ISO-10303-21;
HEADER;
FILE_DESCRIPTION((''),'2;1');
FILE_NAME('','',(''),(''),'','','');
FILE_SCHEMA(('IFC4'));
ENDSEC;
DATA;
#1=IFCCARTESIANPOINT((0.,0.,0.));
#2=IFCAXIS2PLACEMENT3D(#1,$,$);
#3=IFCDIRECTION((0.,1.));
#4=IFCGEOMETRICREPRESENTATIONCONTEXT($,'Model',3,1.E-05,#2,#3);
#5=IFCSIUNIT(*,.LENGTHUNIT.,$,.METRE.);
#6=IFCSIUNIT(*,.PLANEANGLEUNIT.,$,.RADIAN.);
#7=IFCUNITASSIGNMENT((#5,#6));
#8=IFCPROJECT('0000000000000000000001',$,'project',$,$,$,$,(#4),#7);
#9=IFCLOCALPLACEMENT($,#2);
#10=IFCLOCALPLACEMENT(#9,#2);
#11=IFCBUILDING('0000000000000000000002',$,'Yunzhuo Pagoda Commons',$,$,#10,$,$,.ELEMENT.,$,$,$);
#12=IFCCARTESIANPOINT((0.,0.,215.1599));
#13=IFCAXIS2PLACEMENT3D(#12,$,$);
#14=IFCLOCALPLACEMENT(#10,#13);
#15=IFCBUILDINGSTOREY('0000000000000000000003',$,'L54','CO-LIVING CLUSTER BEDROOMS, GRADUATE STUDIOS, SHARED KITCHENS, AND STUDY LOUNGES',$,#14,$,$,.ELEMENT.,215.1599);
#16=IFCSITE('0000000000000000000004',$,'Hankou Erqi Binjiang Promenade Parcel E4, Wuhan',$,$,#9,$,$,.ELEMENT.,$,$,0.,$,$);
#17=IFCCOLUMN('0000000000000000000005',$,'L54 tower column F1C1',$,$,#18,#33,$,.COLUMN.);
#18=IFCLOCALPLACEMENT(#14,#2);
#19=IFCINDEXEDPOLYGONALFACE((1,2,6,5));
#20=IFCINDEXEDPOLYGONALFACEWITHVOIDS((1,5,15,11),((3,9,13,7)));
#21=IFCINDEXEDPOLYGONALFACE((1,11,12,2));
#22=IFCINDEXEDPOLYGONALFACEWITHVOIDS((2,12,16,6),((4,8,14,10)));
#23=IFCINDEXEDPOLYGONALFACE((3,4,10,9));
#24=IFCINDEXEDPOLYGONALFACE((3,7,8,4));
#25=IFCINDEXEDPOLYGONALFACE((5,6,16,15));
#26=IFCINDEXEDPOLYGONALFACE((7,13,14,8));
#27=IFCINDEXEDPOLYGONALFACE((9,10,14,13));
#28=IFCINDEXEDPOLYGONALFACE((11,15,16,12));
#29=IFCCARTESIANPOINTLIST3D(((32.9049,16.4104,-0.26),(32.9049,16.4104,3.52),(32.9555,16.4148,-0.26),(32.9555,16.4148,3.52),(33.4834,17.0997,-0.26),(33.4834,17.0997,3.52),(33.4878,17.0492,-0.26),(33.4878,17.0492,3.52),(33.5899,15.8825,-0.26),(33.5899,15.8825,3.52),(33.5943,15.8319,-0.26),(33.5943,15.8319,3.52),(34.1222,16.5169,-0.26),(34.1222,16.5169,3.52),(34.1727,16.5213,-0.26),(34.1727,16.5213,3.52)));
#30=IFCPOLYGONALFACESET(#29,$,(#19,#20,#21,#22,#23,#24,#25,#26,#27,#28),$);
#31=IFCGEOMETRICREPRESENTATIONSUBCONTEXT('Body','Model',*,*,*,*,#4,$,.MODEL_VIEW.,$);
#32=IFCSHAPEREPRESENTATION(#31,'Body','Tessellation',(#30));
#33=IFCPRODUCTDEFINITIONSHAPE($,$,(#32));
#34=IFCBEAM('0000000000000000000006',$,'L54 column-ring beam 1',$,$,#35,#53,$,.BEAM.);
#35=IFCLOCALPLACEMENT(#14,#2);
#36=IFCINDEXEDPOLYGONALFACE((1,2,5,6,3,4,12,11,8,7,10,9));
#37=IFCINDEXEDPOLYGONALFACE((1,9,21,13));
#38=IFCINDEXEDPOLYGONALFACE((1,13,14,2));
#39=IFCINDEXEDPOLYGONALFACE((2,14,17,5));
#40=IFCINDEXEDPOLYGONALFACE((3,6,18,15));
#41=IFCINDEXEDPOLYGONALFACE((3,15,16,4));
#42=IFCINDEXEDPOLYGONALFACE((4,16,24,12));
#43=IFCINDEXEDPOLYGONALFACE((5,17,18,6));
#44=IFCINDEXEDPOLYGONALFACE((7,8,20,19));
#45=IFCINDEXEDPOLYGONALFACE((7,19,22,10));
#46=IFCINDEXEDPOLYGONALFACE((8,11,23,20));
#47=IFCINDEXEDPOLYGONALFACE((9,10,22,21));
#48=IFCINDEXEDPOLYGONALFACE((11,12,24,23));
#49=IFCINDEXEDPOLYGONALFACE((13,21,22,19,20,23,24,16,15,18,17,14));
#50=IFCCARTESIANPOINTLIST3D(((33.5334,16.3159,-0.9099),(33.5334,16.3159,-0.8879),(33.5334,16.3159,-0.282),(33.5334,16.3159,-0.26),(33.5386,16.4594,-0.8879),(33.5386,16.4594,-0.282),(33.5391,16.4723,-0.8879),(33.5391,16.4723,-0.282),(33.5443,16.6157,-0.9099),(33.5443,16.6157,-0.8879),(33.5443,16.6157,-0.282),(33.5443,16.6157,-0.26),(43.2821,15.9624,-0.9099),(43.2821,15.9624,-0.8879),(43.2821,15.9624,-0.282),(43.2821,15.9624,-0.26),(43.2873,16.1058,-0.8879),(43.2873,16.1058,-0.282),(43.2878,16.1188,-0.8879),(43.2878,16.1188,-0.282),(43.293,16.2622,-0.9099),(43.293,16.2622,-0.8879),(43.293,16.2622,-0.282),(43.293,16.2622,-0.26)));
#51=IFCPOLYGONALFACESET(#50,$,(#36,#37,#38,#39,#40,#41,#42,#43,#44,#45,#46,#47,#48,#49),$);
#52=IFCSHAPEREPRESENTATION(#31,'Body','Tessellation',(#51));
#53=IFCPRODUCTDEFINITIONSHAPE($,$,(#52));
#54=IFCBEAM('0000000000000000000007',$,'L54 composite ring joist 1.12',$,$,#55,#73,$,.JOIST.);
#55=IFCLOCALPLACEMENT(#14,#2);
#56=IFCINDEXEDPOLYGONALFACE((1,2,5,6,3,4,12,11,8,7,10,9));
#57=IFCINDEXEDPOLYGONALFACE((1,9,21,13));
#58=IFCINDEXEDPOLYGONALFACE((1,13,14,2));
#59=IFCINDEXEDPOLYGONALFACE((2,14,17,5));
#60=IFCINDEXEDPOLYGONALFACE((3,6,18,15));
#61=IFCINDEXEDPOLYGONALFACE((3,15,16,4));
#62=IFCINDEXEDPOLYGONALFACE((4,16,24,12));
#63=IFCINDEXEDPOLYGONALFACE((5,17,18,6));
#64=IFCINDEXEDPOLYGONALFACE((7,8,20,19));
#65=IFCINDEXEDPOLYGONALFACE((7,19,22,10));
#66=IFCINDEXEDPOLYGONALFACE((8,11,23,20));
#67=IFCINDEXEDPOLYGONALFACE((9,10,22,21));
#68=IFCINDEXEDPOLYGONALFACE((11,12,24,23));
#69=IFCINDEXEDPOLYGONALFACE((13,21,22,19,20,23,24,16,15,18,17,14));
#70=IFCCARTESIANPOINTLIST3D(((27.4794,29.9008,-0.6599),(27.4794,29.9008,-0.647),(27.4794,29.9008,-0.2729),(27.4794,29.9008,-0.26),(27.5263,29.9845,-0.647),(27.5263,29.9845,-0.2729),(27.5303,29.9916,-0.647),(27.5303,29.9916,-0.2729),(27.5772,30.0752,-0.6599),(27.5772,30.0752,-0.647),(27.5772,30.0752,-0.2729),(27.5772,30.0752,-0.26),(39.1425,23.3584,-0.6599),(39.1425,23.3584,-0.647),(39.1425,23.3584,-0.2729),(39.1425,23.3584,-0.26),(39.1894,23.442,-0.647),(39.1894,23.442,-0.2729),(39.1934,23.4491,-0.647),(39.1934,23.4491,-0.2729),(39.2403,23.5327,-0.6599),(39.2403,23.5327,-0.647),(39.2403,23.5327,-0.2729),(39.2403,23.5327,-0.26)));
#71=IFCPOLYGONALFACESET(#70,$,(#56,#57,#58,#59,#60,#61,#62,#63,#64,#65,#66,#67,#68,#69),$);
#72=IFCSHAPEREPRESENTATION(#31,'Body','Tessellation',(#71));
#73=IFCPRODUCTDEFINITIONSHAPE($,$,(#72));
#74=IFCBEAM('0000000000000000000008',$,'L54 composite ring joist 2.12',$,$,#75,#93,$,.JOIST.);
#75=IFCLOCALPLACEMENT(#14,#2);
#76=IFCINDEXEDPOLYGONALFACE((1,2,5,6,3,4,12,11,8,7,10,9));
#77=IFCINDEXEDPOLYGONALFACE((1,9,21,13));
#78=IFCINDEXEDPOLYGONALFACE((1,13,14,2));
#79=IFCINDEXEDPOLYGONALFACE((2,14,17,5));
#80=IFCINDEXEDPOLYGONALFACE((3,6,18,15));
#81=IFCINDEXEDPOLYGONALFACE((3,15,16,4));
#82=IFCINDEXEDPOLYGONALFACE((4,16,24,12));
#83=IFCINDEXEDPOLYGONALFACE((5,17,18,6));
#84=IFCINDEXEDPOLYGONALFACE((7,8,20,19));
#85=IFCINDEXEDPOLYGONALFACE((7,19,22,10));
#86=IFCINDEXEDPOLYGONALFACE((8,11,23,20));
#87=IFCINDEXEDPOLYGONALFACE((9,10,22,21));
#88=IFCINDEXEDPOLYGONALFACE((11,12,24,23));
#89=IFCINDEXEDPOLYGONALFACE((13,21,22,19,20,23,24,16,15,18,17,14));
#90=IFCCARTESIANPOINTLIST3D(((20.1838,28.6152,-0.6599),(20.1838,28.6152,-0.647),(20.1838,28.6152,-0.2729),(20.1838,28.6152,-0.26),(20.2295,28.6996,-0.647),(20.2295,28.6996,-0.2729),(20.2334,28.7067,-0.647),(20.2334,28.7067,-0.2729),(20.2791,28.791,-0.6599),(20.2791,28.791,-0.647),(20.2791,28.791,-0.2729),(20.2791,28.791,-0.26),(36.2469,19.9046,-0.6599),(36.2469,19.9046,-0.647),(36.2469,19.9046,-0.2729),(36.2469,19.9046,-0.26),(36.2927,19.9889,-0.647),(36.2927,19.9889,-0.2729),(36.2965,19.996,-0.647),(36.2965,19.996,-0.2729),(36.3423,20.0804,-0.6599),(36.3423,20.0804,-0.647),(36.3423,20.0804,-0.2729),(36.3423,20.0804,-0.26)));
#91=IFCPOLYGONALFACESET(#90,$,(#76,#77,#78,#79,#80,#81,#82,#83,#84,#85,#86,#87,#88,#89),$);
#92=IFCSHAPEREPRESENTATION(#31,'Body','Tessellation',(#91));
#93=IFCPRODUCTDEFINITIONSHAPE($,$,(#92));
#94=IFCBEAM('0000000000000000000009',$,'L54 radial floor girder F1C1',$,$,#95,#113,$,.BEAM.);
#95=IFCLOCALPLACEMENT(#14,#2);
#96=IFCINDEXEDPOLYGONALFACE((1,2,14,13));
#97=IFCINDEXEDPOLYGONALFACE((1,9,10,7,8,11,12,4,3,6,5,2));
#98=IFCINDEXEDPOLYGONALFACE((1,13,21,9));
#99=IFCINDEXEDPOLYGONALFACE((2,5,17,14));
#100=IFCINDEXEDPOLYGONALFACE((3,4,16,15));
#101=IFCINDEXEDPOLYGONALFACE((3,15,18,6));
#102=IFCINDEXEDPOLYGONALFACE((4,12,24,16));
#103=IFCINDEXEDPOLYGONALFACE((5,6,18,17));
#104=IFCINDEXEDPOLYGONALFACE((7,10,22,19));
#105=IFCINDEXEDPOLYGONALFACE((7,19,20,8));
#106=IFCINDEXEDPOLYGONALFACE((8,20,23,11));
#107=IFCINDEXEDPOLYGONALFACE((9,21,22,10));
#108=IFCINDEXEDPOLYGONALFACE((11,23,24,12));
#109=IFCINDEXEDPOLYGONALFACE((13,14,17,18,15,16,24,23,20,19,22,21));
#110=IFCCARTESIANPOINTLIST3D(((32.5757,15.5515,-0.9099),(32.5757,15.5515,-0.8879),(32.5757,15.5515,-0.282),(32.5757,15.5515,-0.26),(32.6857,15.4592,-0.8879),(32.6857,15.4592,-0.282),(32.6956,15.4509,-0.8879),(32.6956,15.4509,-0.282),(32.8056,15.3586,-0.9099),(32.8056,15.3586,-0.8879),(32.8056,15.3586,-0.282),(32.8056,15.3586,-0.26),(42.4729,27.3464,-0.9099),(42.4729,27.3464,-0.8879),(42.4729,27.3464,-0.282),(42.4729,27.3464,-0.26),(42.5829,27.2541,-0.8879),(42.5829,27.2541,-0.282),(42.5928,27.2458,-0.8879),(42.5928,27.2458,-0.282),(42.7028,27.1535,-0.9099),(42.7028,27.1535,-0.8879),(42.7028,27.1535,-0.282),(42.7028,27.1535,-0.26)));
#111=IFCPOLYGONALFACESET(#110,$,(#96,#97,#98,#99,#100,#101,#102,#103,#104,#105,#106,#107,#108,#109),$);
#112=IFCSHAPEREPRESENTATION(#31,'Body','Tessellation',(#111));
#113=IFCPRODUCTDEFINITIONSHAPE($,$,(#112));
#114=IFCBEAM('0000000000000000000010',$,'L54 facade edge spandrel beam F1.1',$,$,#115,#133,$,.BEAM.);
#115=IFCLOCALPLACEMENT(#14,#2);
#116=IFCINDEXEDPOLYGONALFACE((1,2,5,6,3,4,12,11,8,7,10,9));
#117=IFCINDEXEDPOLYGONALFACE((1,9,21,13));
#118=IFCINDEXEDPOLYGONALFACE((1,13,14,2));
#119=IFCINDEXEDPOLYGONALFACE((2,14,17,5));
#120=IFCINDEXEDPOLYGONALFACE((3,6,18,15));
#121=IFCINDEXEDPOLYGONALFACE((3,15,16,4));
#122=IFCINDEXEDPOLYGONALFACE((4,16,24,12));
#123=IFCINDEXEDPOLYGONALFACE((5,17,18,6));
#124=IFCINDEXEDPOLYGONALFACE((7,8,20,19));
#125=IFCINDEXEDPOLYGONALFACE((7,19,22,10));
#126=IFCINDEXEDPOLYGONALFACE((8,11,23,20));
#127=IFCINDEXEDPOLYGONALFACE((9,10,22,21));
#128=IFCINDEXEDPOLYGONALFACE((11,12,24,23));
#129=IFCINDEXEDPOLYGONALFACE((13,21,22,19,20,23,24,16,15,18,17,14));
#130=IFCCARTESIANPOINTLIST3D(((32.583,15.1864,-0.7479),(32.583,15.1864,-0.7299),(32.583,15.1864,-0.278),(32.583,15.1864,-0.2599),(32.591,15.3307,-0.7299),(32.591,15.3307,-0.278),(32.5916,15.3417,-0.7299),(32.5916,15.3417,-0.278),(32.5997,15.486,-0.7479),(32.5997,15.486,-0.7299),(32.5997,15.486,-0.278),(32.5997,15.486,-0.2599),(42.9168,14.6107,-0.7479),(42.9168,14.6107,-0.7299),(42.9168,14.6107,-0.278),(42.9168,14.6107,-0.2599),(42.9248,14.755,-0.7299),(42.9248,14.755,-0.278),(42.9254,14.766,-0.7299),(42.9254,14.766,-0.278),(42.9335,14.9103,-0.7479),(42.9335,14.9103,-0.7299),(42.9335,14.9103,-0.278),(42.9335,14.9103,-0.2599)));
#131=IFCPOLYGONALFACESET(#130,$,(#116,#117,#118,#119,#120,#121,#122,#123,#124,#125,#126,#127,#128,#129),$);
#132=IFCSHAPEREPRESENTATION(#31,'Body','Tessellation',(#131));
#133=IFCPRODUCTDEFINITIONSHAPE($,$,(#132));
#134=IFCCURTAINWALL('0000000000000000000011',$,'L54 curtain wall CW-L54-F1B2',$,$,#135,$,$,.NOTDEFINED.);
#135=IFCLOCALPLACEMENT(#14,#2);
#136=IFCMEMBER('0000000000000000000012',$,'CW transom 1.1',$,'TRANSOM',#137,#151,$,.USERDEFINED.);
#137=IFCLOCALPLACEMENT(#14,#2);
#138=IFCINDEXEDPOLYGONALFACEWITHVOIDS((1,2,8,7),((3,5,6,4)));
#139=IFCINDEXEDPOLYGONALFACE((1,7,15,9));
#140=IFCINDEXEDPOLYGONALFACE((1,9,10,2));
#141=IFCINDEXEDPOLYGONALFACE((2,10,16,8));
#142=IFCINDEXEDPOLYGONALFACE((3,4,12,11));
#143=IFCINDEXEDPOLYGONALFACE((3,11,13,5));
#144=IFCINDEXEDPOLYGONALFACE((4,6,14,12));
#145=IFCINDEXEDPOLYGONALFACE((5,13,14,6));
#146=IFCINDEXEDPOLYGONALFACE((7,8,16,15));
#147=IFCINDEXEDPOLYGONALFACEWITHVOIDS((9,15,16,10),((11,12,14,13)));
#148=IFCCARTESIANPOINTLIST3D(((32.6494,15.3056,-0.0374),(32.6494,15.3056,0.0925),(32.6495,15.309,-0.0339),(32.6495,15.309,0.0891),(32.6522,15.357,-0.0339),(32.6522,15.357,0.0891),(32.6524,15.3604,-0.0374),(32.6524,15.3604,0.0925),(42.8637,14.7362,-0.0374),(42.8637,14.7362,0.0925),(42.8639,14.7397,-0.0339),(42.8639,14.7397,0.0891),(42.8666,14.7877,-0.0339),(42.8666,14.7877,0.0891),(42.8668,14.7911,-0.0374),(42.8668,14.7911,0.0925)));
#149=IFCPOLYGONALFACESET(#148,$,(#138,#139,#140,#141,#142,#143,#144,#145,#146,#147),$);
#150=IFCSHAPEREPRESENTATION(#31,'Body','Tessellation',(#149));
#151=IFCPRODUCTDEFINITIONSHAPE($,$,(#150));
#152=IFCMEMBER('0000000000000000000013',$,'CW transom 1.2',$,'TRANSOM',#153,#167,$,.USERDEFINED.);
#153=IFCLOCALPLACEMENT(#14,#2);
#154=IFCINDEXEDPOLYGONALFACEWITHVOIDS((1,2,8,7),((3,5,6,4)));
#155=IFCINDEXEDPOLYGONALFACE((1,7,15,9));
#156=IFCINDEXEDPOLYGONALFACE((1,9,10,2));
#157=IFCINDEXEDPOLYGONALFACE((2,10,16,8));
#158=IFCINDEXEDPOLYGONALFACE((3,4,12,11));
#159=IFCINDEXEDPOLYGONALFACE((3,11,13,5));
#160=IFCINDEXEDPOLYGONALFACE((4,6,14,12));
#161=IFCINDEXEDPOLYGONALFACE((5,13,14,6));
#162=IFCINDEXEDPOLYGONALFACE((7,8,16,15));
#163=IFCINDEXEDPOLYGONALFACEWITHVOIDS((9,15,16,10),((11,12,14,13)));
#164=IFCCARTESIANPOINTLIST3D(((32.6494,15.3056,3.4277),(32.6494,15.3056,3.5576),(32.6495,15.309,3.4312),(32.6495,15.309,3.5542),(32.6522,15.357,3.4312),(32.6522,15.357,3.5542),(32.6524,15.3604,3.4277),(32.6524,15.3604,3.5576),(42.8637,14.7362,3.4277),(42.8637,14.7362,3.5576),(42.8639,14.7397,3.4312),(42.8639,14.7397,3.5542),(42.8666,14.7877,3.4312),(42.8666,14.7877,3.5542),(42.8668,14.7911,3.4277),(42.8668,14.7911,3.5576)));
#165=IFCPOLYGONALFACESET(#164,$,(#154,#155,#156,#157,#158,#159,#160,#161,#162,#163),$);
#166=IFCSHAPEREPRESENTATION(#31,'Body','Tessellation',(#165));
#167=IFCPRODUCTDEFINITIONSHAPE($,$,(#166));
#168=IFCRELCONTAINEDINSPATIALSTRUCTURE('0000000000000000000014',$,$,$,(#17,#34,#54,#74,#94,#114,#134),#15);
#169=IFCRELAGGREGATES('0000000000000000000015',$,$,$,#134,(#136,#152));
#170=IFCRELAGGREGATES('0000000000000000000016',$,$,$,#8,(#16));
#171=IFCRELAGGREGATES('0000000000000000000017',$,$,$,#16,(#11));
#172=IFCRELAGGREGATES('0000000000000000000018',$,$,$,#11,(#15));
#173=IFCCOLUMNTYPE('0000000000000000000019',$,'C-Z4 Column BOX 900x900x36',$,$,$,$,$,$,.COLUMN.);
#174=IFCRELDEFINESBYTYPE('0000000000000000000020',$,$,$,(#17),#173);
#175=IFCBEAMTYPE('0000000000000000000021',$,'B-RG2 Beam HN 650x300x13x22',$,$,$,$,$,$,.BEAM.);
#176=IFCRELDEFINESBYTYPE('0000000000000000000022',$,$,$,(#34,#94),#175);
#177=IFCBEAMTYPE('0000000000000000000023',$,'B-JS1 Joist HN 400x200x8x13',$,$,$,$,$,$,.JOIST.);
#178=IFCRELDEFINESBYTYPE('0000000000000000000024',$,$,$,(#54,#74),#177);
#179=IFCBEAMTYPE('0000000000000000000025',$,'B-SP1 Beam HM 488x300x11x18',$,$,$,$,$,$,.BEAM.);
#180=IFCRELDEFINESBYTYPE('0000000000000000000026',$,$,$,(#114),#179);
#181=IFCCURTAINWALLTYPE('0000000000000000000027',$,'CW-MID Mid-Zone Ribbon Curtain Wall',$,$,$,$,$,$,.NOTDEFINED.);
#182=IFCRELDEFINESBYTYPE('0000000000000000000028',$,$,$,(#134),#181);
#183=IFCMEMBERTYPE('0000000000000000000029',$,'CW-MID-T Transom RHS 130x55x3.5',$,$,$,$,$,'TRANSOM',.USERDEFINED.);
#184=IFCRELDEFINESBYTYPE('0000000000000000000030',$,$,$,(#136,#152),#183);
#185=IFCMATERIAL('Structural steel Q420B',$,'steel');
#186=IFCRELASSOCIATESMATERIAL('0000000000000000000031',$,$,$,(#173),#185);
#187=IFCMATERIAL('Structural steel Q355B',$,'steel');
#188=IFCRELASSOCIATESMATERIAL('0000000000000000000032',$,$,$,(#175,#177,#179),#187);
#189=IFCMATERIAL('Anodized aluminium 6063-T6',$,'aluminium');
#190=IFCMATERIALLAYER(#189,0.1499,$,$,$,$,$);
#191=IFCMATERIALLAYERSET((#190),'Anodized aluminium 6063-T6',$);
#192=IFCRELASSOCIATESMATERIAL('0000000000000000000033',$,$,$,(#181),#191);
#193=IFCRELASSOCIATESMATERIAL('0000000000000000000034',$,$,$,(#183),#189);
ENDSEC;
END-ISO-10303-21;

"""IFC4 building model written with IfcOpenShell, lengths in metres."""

from ifc_helpers import new_model, si_unit, direction, frame, origin, origin_2d, place, context, subcontext, project, spatial, hollow_rectangle, i_section, extrude, source, transform, mapped, material, layer, layer_set, material_profile, profile_set, type_object, element, aggregate, save


model = new_model("IFC4")

# Units and contexts
model_context = context("Model", 3, precision=1e-05, world=origin(), true_north=direction((0.0, 1.0)))
body_context = subcontext(model_context, "Body", "Model", "MODEL_VIEW")
ifc_project = project(units=[si_unit("LENGTHUNIT", "METRE"), si_unit("PLANEANGLEUNIT", "RADIAN")], contexts=[model_context])

# Site, building, storey
site_placement = place(None, origin())
site = spatial("IfcSite", under=ifc_project, at=site_placement, Name="Hankou Erqi Binjiang Promenade Parcel E4, Wuhan", CompositionType="ELEMENT", RefElevation=0.0)
building_placement = place(site_placement, origin())
building = spatial("IfcBuilding", under=site, at=building_placement, Name="Yunzhuo Pagoda Commons", CompositionType="ELEMENT")
storey_placement = place(building_placement, frame((0.0, 0.0, 215.1599)))
storey = spatial("IfcBuildingStorey", under=building, at=storey_placement, Name="L54", Description="CO-LIVING CLUSTER BEDROOMS, GRADUATE STUDIOS, SHARED KITCHENS, AND STUDY LOUNGES", CompositionType="ELEMENT", Elevation=215.1599)

# Column
ifc_material_1 = material(Name="Structural steel Q420B", Category="steel")
ifc_material_profile_1 = material_profile(ifc_material_1, hollow_rectangle(XDim=0.8999, YDim=0.8999, WallThickness=0.0359, at=origin_2d()), Name="Structural steel Q420B")
ifc_profile_set_1 = profile_set([ifc_material_profile_1], Name="Structural steel Q420B")
column_type = type_object("IfcColumnType", Name="C-Z4 Column BOX 900x900x36", PredefinedType="COLUMN", material=ifc_profile_set_1)
shared_shape_1 = source(origin(), body_context, "Body", "SweptSolid", [
    extrude(hollow_rectangle(XDim=0.8999, YDim=0.8999, WallThickness=0.0359, at=origin_2d()), origin(), (0.0, 0.0, 1.0), 3.78),
])
column_placement = place(storey_placement, frame((33.5388, 16.4658, -0.26), z_axis=(0.0, 0.0, 1.0), x_axis=(0.766044, -0.642788, 0.0)))
element("IfcColumn", 1, at=column_placement, inside=storey, type_object=column_type, Name="L54 tower column F1C1", PredefinedType="COLUMN", context=body_context, shape_type="MappedRepresentation", body=[
    mapped(shared_shape_1, transform((0.0, 0.0, 0.0), scale=1.0)),
])

# Beams
ifc_material_2 = material(Name="Structural steel Q355B", Category="steel")
ifc_material_profile_2 = material_profile(ifc_material_2, i_section(OverallWidth=0.3, OverallDepth=0.6499, WebThickness=0.0129, FlangeThickness=0.022, at=origin_2d()), Name="Structural steel Q355B")
ifc_profile_set_2 = profile_set([ifc_material_profile_2], Name="Structural steel Q355B")
beam_type_1 = type_object("IfcBeamType", Name="B-RG2 Beam HN 650x300x13x22", PredefinedType="BEAM", material=ifc_profile_set_2)
shared_shape_2 = source(origin(), body_context, "Body", "SweptSolid", [
    extrude(i_section(OverallWidth=0.3, OverallDepth=0.6499, WebThickness=0.0129, FlangeThickness=0.022, at=origin_2d()), origin(), (0.0, 0.0, 1.0), 9.7551),
])
beam_1_placement = place(storey_placement, frame((33.5388, 16.4658, -0.585), z_axis=(0.999343, -0.036239, 0.0), x_axis=(0.036239, 0.999343, 0.0)))
element("IfcBeam", 2, at=beam_1_placement, inside=storey, type_object=beam_type_1, Name="L54 column-ring beam 1", PredefinedType="BEAM", context=body_context, shape_type="MappedRepresentation", body=[
    mapped(shared_shape_2, transform((0.0, 0.0, 0.0), scale=1.0)),
])
ifc_material_profile_3 = material_profile(ifc_material_2, i_section(OverallWidth=0.2, OverallDepth=0.3999, WebThickness=0.0081, FlangeThickness=0.0129, at=origin_2d()), Name="Structural steel Q355B")
ifc_profile_set_3 = profile_set([ifc_material_profile_3], Name="Structural steel Q355B")
beam_type_2 = type_object("IfcBeamType", Name="B-JS1 Joist HN 400x200x8x13", PredefinedType="JOIST", material=ifc_profile_set_3)
shared_shape_3 = source(origin(), body_context, "Body", "SweptSolid", [
    extrude(i_section(OverallWidth=0.2, OverallDepth=0.3999, WebThickness=0.0081, FlangeThickness=0.0129, at=origin_2d()), origin(), (0.0, 0.0, 1.0), 13.3728),
])
beam_2_placement = place(storey_placement, frame((27.5283, 29.988, -0.46), z_axis=(0.87215, -0.489238, 0.0), x_axis=(0.489238, 0.87215, 0.0)))
element("IfcBeam", 3, at=beam_2_placement, inside=storey, type_object=beam_type_2, Name="L54 composite ring joist 1.12", PredefinedType="JOIST", context=body_context, shape_type="MappedRepresentation", body=[
    mapped(shared_shape_3, transform((0.0, 0.0, 0.0), scale=1.0)),
])
shared_shape_4 = source(origin(), body_context, "Body", "SweptSolid", [
    extrude(i_section(OverallWidth=0.2, OverallDepth=0.3999, WebThickness=0.0081, FlangeThickness=0.0129, at=origin_2d()), origin(), (0.0, 0.0, 1.0), 18.2729),
])
beam_3_placement = place(storey_placement, frame((20.2314, 28.7031, -0.46), z_axis=(0.879068, -0.476697, 0.0), x_axis=(0.476697, 0.879068, 0.0)))
element("IfcBeam", 4, at=beam_3_placement, inside=storey, type_object=beam_type_2, Name="L54 composite ring joist 2.12", PredefinedType="JOIST", context=body_context, shape_type="MappedRepresentation", body=[
    mapped(shared_shape_4, transform((0.0, 0.0, 0.0), scale=1.0)),
])
shared_shape_5 = source(origin(), body_context, "Body", "SweptSolid", [
    extrude(i_section(OverallWidth=0.3, OverallDepth=0.6499, WebThickness=0.0129, FlangeThickness=0.022, at=origin_2d()), origin(), (0.0, 0.0, 1.0), 15.3972),
])
beam_4_placement = place(storey_placement, frame((32.6907, 15.4551, -0.585), z_axis=(0.642792, 0.766041, 0.0), x_axis=(-0.766041, 0.642792, 0.0)))
element("IfcBeam", 5, at=beam_4_placement, inside=storey, type_object=beam_type_1, Name="L54 radial floor girder F1C1", PredefinedType="BEAM", context=body_context, shape_type="MappedRepresentation", body=[
    mapped(shared_shape_5, transform((0.0, 0.0, 0.0), scale=1.0)),
])
ifc_material_profile_4 = material_profile(ifc_material_2, i_section(OverallWidth=0.3, OverallDepth=0.488, WebThickness=0.011, FlangeThickness=0.0181, at=origin_2d()), Name="Structural steel Q355B")
ifc_profile_set_4 = profile_set([ifc_material_profile_4], Name="Structural steel Q355B")
beam_type_3 = type_object("IfcBeamType", Name="B-SP1 Beam HM 488x300x11x18", PredefinedType="BEAM", material=ifc_profile_set_4)
shared_shape_6 = source(origin(), body_context, "Body", "SweptSolid", [
    extrude(i_section(OverallWidth=0.3, OverallDepth=0.488, WebThickness=0.011, FlangeThickness=0.0181, at=origin_2d()), origin(), (0.0, 0.0, 1.0), 10.3499),
])
beam_5_placement = place(storey_placement, frame((32.5913, 15.3362, -0.5039), z_axis=(0.998452, -0.055623, 0.0), x_axis=(0.055623, 0.998452, 0.0)))
element("IfcBeam", 6, at=beam_5_placement, inside=storey, type_object=beam_type_3, Name="L54 facade edge spandrel beam F1.1", PredefinedType="BEAM", context=body_context, shape_type="MappedRepresentation", body=[
    mapped(shared_shape_6, transform((0.0, 0.0, 0.0), scale=1.0)),
])

# Curtain wall, members
ifc_material_3 = material(Name="Anodized aluminium 6063-T6", Category="aluminium")
ifc_layer_1 = layer(ifc_material_3, 0.1499)
ifc_layer_set_1 = layer_set([ifc_layer_1], Name="Anodized aluminium 6063-T6")
curtain_wall_type = type_object("IfcCurtainWallType", Name="CW-MID Mid-Zone Ribbon Curtain Wall", PredefinedType="NOTDEFINED", material=ifc_layer_set_1)
curtain_wall_1_placement = place(storey_placement, origin())
curtain_wall_1 = element("IfcCurtainWall", 7, at=curtain_wall_1_placement, inside=storey, type_object=curtain_wall_type, Name="L54 curtain wall CW-L54-F1B2", PredefinedType="NOTDEFINED")
ifc_material_profile_5 = material_profile(ifc_material_3, hollow_rectangle(XDim=0.0549, YDim=0.1299, WallThickness=0.0034, at=origin_2d()), Name="Anodized aluminium 6063-T6")
ifc_profile_set_5 = profile_set([ifc_material_profile_5], Name="Anodized aluminium 6063-T6")
member_type_1 = type_object("IfcMemberType", Name="CW-MID-T Transom RHS 130x55x3.5", ElementType="TRANSOM", PredefinedType="USERDEFINED", material=ifc_profile_set_5)
shared_shape_7 = source(origin(), body_context, "Body", "SweptSolid", [
    extrude(hollow_rectangle(XDim=0.0549, YDim=0.1299, WallThickness=0.0034, at=origin_2d()), origin(), (0.0, 0.0, 1.0), 10.2302),
])
member_1_placement = place(storey_placement, frame((32.6509, 15.333, 0.0276), z_axis=(0.99845, -0.055652, 0.0), x_axis=(0.055652, 0.99845, 0.0)))
member_1 = element("IfcMember", 8, at=member_1_placement, type_object=member_type_1, Name="CW transom 1.1", ObjectType="TRANSOM", PredefinedType="USERDEFINED", context=body_context, shape_type="MappedRepresentation", body=[
    mapped(shared_shape_7, transform((0.0, 0.0, 0.0), scale=1.0)),
])
member_2_placement = place(storey_placement, frame((32.6509, 15.333, 3.4927), z_axis=(0.99845, -0.055652, 0.0), x_axis=(0.055652, 0.99845, 0.0)))
member_2 = element("IfcMember", 9, at=member_2_placement, type_object=member_type_1, Name="CW transom 1.2", ObjectType="TRANSOM", PredefinedType="USERDEFINED", context=body_context, shape_type="MappedRepresentation", body=[
    mapped(shared_shape_7, transform((0.0, 0.0, 0.0), scale=1.0)),
])

aggregate(curtain_wall_1, [member_1, member_2])

save(model, "model.ifc")
